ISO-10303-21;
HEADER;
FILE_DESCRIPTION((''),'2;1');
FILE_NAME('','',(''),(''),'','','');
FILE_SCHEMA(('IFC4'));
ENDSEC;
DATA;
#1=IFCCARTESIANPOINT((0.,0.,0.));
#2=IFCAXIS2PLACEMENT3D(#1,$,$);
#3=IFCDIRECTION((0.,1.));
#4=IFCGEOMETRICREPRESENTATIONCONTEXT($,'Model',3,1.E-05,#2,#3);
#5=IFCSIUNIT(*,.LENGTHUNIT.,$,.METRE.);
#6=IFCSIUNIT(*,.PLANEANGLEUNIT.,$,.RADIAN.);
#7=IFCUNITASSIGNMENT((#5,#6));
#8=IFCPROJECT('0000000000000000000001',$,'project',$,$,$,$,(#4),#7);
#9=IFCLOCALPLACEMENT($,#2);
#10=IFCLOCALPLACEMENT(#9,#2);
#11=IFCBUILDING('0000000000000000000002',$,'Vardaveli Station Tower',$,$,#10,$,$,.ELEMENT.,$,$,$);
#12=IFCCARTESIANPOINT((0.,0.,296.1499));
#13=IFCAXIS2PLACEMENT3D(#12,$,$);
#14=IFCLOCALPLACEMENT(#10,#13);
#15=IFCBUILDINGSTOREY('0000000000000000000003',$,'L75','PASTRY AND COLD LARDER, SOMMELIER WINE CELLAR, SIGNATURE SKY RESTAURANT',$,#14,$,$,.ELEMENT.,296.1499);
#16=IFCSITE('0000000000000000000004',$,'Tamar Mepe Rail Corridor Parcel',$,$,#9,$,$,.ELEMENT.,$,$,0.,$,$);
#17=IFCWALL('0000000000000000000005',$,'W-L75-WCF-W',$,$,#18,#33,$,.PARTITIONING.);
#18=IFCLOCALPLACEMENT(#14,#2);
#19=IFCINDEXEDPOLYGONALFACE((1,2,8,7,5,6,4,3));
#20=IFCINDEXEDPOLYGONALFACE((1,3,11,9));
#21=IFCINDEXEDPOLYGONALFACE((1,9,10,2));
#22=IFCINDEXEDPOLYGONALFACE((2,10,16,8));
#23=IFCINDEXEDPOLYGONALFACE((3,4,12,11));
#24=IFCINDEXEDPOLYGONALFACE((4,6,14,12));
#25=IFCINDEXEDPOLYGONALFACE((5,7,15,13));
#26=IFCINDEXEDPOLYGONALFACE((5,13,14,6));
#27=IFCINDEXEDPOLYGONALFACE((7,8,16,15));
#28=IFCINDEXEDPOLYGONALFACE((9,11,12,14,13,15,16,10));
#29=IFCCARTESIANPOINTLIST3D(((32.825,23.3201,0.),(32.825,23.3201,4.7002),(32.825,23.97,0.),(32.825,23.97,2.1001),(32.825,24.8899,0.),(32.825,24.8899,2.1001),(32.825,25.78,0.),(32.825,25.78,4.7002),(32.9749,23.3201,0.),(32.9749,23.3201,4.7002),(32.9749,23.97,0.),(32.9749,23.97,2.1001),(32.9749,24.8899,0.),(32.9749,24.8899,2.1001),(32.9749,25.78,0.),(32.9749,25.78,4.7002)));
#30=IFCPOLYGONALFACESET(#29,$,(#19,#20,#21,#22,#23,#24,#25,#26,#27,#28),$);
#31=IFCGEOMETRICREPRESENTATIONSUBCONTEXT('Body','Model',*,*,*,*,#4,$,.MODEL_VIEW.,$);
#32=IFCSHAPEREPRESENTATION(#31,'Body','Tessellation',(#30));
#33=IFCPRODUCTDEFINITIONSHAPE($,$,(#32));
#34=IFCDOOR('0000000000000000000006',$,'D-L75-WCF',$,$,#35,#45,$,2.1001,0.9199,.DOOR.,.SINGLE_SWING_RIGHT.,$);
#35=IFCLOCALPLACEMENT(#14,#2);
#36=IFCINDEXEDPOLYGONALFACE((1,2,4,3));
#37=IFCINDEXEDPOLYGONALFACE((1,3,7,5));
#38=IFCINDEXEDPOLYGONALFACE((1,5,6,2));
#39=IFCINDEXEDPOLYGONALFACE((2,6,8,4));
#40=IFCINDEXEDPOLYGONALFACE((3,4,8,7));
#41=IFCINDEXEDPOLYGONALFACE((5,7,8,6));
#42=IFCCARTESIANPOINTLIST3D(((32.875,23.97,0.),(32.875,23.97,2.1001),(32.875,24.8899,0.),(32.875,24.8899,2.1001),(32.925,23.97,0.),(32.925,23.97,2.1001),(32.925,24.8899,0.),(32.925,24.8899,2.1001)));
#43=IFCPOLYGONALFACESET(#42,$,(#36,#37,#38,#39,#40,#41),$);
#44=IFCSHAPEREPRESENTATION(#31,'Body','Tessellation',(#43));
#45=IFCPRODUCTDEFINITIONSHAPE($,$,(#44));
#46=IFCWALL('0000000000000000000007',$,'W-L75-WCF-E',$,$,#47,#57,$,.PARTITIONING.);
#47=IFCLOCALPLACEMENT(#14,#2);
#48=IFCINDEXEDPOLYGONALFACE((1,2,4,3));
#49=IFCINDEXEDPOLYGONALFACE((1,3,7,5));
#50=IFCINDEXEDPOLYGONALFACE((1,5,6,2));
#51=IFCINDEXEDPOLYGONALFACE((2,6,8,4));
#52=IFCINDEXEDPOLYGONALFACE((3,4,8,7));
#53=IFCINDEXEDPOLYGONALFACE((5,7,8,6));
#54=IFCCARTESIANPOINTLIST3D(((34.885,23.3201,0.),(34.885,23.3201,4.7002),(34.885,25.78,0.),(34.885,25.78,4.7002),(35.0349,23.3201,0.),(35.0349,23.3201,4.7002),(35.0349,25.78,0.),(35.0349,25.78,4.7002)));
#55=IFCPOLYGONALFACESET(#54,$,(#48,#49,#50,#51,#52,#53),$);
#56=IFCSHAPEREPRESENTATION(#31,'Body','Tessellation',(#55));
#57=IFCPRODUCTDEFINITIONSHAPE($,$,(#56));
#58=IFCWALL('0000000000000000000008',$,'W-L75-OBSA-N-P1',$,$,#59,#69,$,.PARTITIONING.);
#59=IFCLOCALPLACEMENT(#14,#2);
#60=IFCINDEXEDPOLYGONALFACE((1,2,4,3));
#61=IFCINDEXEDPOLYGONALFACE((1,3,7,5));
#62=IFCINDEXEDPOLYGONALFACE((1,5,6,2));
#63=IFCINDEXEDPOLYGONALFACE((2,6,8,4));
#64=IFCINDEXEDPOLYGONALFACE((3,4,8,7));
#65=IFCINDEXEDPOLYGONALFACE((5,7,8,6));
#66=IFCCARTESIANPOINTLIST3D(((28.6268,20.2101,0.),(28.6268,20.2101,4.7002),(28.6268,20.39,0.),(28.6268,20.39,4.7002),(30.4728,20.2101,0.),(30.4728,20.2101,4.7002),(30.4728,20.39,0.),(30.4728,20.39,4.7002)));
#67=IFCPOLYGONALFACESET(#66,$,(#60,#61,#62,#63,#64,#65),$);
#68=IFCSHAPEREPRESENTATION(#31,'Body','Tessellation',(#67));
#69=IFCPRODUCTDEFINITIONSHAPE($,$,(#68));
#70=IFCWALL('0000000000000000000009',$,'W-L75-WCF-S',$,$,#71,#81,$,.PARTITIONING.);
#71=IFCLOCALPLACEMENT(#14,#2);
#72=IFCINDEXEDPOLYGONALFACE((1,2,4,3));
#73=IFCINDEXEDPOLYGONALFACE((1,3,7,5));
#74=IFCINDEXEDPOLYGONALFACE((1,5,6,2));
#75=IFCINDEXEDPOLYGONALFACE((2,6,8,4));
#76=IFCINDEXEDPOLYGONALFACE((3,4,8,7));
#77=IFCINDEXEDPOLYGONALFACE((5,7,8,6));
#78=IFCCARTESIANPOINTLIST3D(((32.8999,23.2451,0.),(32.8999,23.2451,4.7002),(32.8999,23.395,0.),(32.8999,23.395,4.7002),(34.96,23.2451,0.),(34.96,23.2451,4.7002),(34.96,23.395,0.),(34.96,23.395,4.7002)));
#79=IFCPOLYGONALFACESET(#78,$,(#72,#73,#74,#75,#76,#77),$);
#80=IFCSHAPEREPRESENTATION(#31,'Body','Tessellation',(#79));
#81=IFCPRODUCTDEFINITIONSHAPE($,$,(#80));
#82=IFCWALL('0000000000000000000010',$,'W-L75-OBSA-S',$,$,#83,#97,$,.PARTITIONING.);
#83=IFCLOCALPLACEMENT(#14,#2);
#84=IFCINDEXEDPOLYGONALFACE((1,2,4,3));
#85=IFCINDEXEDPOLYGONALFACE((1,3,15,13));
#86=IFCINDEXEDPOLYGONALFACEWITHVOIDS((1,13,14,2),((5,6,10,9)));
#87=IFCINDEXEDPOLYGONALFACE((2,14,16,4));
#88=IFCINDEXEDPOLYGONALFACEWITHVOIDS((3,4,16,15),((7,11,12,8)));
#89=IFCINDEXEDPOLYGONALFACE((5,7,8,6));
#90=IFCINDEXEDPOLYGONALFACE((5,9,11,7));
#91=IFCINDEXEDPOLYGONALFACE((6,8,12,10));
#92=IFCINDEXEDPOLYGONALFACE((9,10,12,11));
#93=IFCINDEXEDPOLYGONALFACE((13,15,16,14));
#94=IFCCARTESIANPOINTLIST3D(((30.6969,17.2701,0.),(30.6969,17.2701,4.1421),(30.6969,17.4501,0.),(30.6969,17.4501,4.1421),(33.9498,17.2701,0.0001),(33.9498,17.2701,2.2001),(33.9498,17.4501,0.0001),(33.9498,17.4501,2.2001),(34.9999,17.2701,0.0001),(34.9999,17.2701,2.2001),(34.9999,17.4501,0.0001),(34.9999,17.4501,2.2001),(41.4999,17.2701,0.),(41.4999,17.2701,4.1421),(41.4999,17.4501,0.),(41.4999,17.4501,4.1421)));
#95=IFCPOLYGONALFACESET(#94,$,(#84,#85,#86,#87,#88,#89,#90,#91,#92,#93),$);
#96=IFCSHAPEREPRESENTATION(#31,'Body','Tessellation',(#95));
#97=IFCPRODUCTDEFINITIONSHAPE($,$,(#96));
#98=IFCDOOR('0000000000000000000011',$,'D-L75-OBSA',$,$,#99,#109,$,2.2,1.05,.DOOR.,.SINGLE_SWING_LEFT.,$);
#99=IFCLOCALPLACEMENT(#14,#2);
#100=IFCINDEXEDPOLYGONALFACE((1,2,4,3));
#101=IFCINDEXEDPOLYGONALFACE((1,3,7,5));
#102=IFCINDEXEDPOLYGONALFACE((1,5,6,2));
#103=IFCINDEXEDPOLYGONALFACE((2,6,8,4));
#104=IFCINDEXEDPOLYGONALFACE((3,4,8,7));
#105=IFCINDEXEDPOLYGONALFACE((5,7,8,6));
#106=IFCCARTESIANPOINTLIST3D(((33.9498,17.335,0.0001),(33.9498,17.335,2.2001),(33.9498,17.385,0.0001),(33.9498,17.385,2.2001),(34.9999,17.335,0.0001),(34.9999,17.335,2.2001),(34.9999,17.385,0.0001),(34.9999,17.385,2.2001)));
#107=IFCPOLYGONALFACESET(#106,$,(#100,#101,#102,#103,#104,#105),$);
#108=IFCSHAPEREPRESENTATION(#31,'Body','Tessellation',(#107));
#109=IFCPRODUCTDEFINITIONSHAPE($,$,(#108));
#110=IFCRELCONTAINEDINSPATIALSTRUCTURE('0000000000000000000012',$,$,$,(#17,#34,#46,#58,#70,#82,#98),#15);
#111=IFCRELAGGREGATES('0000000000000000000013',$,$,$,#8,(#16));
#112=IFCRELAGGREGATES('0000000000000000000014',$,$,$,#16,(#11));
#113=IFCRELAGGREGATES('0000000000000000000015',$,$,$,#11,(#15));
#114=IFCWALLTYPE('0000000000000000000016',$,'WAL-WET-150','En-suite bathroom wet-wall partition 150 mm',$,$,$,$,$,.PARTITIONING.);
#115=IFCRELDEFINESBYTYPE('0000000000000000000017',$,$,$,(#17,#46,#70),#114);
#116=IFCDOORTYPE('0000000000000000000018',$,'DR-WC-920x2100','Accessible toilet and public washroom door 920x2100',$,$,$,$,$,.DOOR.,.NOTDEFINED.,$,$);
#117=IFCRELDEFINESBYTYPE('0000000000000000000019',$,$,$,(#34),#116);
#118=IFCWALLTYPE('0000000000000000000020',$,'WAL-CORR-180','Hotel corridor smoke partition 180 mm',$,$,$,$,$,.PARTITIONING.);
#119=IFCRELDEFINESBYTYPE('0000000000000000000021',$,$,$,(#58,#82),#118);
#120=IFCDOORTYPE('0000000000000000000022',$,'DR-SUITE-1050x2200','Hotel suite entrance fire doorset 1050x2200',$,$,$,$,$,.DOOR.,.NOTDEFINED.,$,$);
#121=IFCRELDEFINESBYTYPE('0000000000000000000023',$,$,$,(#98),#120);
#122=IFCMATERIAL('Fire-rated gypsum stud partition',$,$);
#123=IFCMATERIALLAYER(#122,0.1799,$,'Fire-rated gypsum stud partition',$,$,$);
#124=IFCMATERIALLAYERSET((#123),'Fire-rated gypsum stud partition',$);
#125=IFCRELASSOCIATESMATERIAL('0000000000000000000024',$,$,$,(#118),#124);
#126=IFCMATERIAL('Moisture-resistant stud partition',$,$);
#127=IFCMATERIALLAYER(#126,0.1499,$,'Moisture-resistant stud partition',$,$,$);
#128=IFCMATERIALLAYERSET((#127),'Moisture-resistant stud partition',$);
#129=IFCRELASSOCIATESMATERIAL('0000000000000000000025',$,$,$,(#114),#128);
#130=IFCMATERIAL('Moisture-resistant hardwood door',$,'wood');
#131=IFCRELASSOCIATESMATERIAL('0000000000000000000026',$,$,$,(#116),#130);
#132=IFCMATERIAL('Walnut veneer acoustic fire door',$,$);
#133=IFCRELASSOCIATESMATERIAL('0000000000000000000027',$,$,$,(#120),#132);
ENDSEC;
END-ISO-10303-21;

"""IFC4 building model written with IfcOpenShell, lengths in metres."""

from ifc_helpers import new_model, si_unit, direction, frame, frame_2d, origin, place, context, subcontext, project, spatial, rectangle, extrude, source, transform, mapped, material, layer, layer_set, type_object, element, fill, save


model = new_model("IFC4")

# Units and contexts
model_context = context("Model", 3, precision=1e-05, world=origin(), true_north=direction((0.0, 1.0)))
body_context = subcontext(model_context, "Body", "Model", "MODEL_VIEW")
ifc_project = project(units=[si_unit("LENGTHUNIT", "METRE"), si_unit("PLANEANGLEUNIT", "RADIAN")], contexts=[model_context])

# Site, building, storey
site_placement = place(None, origin())
site = spatial("IfcSite", under=ifc_project, at=site_placement, Name="Tamar Mepe Rail Corridor Parcel", CompositionType="ELEMENT", RefElevation=0.0)
building_placement = place(site_placement, origin())
building = spatial("IfcBuilding", under=site, at=building_placement, Name="Vardaveli Station Tower", CompositionType="ELEMENT")
storey_placement = place(building_placement, frame((0.0, 0.0, 296.1499)))
storey = spatial("IfcBuildingStorey", under=building, at=storey_placement, Name="L75", Description="PASTRY AND COLD LARDER, SOMMELIER WINE CELLAR, SIGNATURE SKY RESTAURANT", CompositionType="ELEMENT", Elevation=296.1499)

# Shared definitions
ifc_material_1 = material(Name="Fire-rated gypsum stud partition")
ifc_layer_1 = layer(ifc_material_1, 0.1799, Name="Fire-rated gypsum stud partition")
ifc_layer_set_1 = layer_set([ifc_layer_1], Name="Fire-rated gypsum stud partition")
wall_type_1 = type_object("IfcWallType", Name="WAL-CORR-180", Description="Hotel corridor smoke partition 180 mm", PredefinedType="PARTITIONING", material=ifc_layer_set_1)

# Wall, opening, door
ifc_material_2 = material(Name="Moisture-resistant stud partition")
ifc_layer_2 = layer(ifc_material_2, 0.1499, Name="Moisture-resistant stud partition")
ifc_layer_set_2 = layer_set([ifc_layer_2], Name="Moisture-resistant stud partition")
wall_type_2 = type_object("IfcWallType", Name="WAL-WET-150", Description="En-suite bathroom wet-wall partition 150 mm", PredefinedType="PARTITIONING", material=ifc_layer_set_2)
shared_shape_1 = source(origin(), body_context, "Body", "SweptSolid", [
    extrude(rectangle(XDim=2.46, YDim=0.1499, at=frame_2d((1.23, 0.0))), origin(), (0.0, 0.0, 1.0), 4.7002),
])
wall_1_placement = place(storey_placement, frame((32.8999, 23.3201, 0.0), z_axis=(0.0, 0.0, 1.0), x_axis=(0.0, 1.0, 0.0)))
wall_1 = element("IfcWall", 1, at=wall_1_placement, inside=storey, type_object=wall_type_2, Name="W-L75-WCF-W", PredefinedType="PARTITIONING", context=body_context, shape_type="MappedRepresentation", body=[
    mapped(shared_shape_1, transform((0.0, 0.0, 0.0), scale=1.0)),
])
shared_shape_2 = source(origin(), body_context, "Body", "SweptSolid", [
    extrude(rectangle(XDim=0.9199, YDim=2.1001, at=frame_2d((0.46, 1.05))), frame((0.0, 0.085, 0.0), z_axis=(0.0, -1.0, 0.0), x_axis=(1.0, 0.0, 0.0)), (0.0, 0.0, 1.0), 0.1699),
])
opening_1_placement = place(wall_1_placement, frame((0.6499, 0.0, 0.0)))
opening_1 = element("IfcOpeningElement", 2, at=opening_1_placement, cuts=wall_1, PredefinedType="OPENING", context=body_context, shape_type="MappedRepresentation", body=[
    mapped(shared_shape_2, transform((0.0, 0.0, 0.0), scale=1.0)),
])
ifc_material_3 = material(Name="Moisture-resistant hardwood door", Category="wood")
door_type_1 = type_object("IfcDoorType", Name="DR-WC-920x2100", Description="Accessible toilet and public washroom door 920x2100", OperationType="NOTDEFINED", PredefinedType="DOOR", material=ifc_material_3)
shared_shape_3 = source(origin(), body_context, "Body", "SweptSolid", [
    extrude(rectangle(XDim=0.9199, YDim=2.1001, at=frame_2d((0.46, 1.05))), frame((0.0, 0.0249, 0.0), z_axis=(0.0, -1.0, 0.0), x_axis=(1.0, 0.0, 0.0)), (0.0, 0.0, 1.0), 0.05),
])
door_1_placement = place(opening_1_placement, origin())
door_1 = element("IfcDoor", 3, at=door_1_placement, inside=storey, type_object=door_type_1, Name="D-L75-WCF", OperationType="SINGLE_SWING_RIGHT", OverallHeight=2.1001, OverallWidth=0.9199, PredefinedType="DOOR", context=body_context, shape_type="MappedRepresentation", body=[
    mapped(shared_shape_3, transform((0.0, 0.0, 0.0), scale=1.0)),
])
fill(opening_1, door_1)

# Walls
wall_2_placement = place(storey_placement, frame((34.96, 23.3201, 0.0), z_axis=(0.0, 0.0, 1.0), x_axis=(0.0, 1.0, 0.0)))
element("IfcWall", 4, at=wall_2_placement, inside=storey, type_object=wall_type_2, Name="W-L75-WCF-E", PredefinedType="PARTITIONING", context=body_context, shape_type="MappedRepresentation", body=[
    mapped(shared_shape_1, transform((0.0, 0.0, 0.0), scale=1.0)),
])
shared_shape_4 = source(origin(), body_context, "Body", "SweptSolid", [
    extrude(rectangle(XDim=1.8459, YDim=0.1799, at=frame_2d((0.9229, 0.0))), origin(), (0.0, 0.0, 1.0), 4.7002),
])
wall_3_placement = place(storey_placement, frame((28.627, 20.3, 0.0), z_axis=(0.0, 0.0, 1.0), x_axis=(1.0, 0.0, 0.0)))
element("IfcWall", 5, at=wall_3_placement, inside=storey, type_object=wall_type_1, Name="W-L75-OBSA-N-P1", PredefinedType="PARTITIONING", context=body_context, shape_type="MappedRepresentation", body=[
    mapped(shared_shape_4, transform((0.0, 0.0, 0.0), scale=1.0)),
])
shared_shape_5 = source(origin(), body_context, "Body", "SweptSolid", [
    extrude(rectangle(XDim=2.0601, YDim=0.1499, at=frame_2d((1.03, 0.0))), origin(), (0.0, 0.0, 1.0), 4.7002),
])
wall_4_placement = place(storey_placement, frame((32.8999, 23.3201, 0.0), z_axis=(0.0, 0.0, 1.0), x_axis=(1.0, 0.0, 0.0)))
element("IfcWall", 6, at=wall_4_placement, inside=storey, type_object=wall_type_2, Name="W-L75-WCF-S", PredefinedType="PARTITIONING", context=body_context, shape_type="MappedRepresentation", body=[
    mapped(shared_shape_5, transform((0.0, 0.0, 0.0), scale=1.0)),
])

# Wall, opening, door
shared_shape_6 = source(origin(), body_context, "Body", "SweptSolid", [
    extrude(rectangle(XDim=10.803, YDim=0.1799, at=frame_2d((5.4014, 0.0))), origin(), (0.0, 0.0, 1.0), 4.1421),
])
wall_5_placement = place(storey_placement, frame((30.697, 17.3601, 0.0), z_axis=(0.0, 0.0, 1.0), x_axis=(1.0, 0.0, 0.0)))
wall_5 = element("IfcWall", 7, at=wall_5_placement, inside=storey, type_object=wall_type_1, Name="W-L75-OBSA-S", PredefinedType="PARTITIONING", context=body_context, shape_type="MappedRepresentation", body=[
    mapped(shared_shape_6, transform((0.0, 0.0, 0.0), scale=1.0)),
])
shared_shape_7 = source(origin(), body_context, "Body", "SweptSolid", [
    extrude(rectangle(XDim=1.05, YDim=2.2, at=frame_2d((0.5249, 1.1001))), frame((0.0, 0.1001, 0.0), z_axis=(0.0, -1.0, 0.0), x_axis=(1.0, 0.0, 0.0)), (0.0, 0.0, 1.0), 0.2),
])
opening_2_placement = place(wall_5_placement, frame((3.2529, 0.0, 0.0)))
opening_2 = element("IfcOpeningElement", 8, at=opening_2_placement, cuts=wall_5, PredefinedType="OPENING", context=body_context, shape_type="MappedRepresentation", body=[
    mapped(shared_shape_7, transform((0.0, 0.0, 0.0), scale=1.0)),
])
ifc_material_4 = material(Name="Walnut veneer acoustic fire door")
door_type_2 = type_object("IfcDoorType", Name="DR-SUITE-1050x2200", Description="Hotel suite entrance fire doorset 1050x2200", OperationType="NOTDEFINED", PredefinedType="DOOR", material=ifc_material_4)
shared_shape_8 = source(origin(), body_context, "Body", "SweptSolid", [
    extrude(rectangle(XDim=1.05, YDim=2.2, at=frame_2d((0.5249, 1.1001))), frame((0.0, 0.0249, 0.0), z_axis=(0.0, -1.0, 0.0), x_axis=(1.0, 0.0, 0.0)), (0.0, 0.0, 1.0), 0.05),
])
door_2_placement = place(opening_2_placement, origin())
door_2 = element("IfcDoor", 9, at=door_2_placement, inside=storey, type_object=door_type_2, Name="D-L75-OBSA", OperationType="SINGLE_SWING_LEFT", OverallHeight=2.2, OverallWidth=1.05, PredefinedType="DOOR", context=body_context, shape_type="MappedRepresentation", body=[
    mapped(shared_shape_8, transform((0.0, 0.0, 0.0), scale=1.0)),
])
fill(opening_2, door_2)

save(model, "model.ifc")
